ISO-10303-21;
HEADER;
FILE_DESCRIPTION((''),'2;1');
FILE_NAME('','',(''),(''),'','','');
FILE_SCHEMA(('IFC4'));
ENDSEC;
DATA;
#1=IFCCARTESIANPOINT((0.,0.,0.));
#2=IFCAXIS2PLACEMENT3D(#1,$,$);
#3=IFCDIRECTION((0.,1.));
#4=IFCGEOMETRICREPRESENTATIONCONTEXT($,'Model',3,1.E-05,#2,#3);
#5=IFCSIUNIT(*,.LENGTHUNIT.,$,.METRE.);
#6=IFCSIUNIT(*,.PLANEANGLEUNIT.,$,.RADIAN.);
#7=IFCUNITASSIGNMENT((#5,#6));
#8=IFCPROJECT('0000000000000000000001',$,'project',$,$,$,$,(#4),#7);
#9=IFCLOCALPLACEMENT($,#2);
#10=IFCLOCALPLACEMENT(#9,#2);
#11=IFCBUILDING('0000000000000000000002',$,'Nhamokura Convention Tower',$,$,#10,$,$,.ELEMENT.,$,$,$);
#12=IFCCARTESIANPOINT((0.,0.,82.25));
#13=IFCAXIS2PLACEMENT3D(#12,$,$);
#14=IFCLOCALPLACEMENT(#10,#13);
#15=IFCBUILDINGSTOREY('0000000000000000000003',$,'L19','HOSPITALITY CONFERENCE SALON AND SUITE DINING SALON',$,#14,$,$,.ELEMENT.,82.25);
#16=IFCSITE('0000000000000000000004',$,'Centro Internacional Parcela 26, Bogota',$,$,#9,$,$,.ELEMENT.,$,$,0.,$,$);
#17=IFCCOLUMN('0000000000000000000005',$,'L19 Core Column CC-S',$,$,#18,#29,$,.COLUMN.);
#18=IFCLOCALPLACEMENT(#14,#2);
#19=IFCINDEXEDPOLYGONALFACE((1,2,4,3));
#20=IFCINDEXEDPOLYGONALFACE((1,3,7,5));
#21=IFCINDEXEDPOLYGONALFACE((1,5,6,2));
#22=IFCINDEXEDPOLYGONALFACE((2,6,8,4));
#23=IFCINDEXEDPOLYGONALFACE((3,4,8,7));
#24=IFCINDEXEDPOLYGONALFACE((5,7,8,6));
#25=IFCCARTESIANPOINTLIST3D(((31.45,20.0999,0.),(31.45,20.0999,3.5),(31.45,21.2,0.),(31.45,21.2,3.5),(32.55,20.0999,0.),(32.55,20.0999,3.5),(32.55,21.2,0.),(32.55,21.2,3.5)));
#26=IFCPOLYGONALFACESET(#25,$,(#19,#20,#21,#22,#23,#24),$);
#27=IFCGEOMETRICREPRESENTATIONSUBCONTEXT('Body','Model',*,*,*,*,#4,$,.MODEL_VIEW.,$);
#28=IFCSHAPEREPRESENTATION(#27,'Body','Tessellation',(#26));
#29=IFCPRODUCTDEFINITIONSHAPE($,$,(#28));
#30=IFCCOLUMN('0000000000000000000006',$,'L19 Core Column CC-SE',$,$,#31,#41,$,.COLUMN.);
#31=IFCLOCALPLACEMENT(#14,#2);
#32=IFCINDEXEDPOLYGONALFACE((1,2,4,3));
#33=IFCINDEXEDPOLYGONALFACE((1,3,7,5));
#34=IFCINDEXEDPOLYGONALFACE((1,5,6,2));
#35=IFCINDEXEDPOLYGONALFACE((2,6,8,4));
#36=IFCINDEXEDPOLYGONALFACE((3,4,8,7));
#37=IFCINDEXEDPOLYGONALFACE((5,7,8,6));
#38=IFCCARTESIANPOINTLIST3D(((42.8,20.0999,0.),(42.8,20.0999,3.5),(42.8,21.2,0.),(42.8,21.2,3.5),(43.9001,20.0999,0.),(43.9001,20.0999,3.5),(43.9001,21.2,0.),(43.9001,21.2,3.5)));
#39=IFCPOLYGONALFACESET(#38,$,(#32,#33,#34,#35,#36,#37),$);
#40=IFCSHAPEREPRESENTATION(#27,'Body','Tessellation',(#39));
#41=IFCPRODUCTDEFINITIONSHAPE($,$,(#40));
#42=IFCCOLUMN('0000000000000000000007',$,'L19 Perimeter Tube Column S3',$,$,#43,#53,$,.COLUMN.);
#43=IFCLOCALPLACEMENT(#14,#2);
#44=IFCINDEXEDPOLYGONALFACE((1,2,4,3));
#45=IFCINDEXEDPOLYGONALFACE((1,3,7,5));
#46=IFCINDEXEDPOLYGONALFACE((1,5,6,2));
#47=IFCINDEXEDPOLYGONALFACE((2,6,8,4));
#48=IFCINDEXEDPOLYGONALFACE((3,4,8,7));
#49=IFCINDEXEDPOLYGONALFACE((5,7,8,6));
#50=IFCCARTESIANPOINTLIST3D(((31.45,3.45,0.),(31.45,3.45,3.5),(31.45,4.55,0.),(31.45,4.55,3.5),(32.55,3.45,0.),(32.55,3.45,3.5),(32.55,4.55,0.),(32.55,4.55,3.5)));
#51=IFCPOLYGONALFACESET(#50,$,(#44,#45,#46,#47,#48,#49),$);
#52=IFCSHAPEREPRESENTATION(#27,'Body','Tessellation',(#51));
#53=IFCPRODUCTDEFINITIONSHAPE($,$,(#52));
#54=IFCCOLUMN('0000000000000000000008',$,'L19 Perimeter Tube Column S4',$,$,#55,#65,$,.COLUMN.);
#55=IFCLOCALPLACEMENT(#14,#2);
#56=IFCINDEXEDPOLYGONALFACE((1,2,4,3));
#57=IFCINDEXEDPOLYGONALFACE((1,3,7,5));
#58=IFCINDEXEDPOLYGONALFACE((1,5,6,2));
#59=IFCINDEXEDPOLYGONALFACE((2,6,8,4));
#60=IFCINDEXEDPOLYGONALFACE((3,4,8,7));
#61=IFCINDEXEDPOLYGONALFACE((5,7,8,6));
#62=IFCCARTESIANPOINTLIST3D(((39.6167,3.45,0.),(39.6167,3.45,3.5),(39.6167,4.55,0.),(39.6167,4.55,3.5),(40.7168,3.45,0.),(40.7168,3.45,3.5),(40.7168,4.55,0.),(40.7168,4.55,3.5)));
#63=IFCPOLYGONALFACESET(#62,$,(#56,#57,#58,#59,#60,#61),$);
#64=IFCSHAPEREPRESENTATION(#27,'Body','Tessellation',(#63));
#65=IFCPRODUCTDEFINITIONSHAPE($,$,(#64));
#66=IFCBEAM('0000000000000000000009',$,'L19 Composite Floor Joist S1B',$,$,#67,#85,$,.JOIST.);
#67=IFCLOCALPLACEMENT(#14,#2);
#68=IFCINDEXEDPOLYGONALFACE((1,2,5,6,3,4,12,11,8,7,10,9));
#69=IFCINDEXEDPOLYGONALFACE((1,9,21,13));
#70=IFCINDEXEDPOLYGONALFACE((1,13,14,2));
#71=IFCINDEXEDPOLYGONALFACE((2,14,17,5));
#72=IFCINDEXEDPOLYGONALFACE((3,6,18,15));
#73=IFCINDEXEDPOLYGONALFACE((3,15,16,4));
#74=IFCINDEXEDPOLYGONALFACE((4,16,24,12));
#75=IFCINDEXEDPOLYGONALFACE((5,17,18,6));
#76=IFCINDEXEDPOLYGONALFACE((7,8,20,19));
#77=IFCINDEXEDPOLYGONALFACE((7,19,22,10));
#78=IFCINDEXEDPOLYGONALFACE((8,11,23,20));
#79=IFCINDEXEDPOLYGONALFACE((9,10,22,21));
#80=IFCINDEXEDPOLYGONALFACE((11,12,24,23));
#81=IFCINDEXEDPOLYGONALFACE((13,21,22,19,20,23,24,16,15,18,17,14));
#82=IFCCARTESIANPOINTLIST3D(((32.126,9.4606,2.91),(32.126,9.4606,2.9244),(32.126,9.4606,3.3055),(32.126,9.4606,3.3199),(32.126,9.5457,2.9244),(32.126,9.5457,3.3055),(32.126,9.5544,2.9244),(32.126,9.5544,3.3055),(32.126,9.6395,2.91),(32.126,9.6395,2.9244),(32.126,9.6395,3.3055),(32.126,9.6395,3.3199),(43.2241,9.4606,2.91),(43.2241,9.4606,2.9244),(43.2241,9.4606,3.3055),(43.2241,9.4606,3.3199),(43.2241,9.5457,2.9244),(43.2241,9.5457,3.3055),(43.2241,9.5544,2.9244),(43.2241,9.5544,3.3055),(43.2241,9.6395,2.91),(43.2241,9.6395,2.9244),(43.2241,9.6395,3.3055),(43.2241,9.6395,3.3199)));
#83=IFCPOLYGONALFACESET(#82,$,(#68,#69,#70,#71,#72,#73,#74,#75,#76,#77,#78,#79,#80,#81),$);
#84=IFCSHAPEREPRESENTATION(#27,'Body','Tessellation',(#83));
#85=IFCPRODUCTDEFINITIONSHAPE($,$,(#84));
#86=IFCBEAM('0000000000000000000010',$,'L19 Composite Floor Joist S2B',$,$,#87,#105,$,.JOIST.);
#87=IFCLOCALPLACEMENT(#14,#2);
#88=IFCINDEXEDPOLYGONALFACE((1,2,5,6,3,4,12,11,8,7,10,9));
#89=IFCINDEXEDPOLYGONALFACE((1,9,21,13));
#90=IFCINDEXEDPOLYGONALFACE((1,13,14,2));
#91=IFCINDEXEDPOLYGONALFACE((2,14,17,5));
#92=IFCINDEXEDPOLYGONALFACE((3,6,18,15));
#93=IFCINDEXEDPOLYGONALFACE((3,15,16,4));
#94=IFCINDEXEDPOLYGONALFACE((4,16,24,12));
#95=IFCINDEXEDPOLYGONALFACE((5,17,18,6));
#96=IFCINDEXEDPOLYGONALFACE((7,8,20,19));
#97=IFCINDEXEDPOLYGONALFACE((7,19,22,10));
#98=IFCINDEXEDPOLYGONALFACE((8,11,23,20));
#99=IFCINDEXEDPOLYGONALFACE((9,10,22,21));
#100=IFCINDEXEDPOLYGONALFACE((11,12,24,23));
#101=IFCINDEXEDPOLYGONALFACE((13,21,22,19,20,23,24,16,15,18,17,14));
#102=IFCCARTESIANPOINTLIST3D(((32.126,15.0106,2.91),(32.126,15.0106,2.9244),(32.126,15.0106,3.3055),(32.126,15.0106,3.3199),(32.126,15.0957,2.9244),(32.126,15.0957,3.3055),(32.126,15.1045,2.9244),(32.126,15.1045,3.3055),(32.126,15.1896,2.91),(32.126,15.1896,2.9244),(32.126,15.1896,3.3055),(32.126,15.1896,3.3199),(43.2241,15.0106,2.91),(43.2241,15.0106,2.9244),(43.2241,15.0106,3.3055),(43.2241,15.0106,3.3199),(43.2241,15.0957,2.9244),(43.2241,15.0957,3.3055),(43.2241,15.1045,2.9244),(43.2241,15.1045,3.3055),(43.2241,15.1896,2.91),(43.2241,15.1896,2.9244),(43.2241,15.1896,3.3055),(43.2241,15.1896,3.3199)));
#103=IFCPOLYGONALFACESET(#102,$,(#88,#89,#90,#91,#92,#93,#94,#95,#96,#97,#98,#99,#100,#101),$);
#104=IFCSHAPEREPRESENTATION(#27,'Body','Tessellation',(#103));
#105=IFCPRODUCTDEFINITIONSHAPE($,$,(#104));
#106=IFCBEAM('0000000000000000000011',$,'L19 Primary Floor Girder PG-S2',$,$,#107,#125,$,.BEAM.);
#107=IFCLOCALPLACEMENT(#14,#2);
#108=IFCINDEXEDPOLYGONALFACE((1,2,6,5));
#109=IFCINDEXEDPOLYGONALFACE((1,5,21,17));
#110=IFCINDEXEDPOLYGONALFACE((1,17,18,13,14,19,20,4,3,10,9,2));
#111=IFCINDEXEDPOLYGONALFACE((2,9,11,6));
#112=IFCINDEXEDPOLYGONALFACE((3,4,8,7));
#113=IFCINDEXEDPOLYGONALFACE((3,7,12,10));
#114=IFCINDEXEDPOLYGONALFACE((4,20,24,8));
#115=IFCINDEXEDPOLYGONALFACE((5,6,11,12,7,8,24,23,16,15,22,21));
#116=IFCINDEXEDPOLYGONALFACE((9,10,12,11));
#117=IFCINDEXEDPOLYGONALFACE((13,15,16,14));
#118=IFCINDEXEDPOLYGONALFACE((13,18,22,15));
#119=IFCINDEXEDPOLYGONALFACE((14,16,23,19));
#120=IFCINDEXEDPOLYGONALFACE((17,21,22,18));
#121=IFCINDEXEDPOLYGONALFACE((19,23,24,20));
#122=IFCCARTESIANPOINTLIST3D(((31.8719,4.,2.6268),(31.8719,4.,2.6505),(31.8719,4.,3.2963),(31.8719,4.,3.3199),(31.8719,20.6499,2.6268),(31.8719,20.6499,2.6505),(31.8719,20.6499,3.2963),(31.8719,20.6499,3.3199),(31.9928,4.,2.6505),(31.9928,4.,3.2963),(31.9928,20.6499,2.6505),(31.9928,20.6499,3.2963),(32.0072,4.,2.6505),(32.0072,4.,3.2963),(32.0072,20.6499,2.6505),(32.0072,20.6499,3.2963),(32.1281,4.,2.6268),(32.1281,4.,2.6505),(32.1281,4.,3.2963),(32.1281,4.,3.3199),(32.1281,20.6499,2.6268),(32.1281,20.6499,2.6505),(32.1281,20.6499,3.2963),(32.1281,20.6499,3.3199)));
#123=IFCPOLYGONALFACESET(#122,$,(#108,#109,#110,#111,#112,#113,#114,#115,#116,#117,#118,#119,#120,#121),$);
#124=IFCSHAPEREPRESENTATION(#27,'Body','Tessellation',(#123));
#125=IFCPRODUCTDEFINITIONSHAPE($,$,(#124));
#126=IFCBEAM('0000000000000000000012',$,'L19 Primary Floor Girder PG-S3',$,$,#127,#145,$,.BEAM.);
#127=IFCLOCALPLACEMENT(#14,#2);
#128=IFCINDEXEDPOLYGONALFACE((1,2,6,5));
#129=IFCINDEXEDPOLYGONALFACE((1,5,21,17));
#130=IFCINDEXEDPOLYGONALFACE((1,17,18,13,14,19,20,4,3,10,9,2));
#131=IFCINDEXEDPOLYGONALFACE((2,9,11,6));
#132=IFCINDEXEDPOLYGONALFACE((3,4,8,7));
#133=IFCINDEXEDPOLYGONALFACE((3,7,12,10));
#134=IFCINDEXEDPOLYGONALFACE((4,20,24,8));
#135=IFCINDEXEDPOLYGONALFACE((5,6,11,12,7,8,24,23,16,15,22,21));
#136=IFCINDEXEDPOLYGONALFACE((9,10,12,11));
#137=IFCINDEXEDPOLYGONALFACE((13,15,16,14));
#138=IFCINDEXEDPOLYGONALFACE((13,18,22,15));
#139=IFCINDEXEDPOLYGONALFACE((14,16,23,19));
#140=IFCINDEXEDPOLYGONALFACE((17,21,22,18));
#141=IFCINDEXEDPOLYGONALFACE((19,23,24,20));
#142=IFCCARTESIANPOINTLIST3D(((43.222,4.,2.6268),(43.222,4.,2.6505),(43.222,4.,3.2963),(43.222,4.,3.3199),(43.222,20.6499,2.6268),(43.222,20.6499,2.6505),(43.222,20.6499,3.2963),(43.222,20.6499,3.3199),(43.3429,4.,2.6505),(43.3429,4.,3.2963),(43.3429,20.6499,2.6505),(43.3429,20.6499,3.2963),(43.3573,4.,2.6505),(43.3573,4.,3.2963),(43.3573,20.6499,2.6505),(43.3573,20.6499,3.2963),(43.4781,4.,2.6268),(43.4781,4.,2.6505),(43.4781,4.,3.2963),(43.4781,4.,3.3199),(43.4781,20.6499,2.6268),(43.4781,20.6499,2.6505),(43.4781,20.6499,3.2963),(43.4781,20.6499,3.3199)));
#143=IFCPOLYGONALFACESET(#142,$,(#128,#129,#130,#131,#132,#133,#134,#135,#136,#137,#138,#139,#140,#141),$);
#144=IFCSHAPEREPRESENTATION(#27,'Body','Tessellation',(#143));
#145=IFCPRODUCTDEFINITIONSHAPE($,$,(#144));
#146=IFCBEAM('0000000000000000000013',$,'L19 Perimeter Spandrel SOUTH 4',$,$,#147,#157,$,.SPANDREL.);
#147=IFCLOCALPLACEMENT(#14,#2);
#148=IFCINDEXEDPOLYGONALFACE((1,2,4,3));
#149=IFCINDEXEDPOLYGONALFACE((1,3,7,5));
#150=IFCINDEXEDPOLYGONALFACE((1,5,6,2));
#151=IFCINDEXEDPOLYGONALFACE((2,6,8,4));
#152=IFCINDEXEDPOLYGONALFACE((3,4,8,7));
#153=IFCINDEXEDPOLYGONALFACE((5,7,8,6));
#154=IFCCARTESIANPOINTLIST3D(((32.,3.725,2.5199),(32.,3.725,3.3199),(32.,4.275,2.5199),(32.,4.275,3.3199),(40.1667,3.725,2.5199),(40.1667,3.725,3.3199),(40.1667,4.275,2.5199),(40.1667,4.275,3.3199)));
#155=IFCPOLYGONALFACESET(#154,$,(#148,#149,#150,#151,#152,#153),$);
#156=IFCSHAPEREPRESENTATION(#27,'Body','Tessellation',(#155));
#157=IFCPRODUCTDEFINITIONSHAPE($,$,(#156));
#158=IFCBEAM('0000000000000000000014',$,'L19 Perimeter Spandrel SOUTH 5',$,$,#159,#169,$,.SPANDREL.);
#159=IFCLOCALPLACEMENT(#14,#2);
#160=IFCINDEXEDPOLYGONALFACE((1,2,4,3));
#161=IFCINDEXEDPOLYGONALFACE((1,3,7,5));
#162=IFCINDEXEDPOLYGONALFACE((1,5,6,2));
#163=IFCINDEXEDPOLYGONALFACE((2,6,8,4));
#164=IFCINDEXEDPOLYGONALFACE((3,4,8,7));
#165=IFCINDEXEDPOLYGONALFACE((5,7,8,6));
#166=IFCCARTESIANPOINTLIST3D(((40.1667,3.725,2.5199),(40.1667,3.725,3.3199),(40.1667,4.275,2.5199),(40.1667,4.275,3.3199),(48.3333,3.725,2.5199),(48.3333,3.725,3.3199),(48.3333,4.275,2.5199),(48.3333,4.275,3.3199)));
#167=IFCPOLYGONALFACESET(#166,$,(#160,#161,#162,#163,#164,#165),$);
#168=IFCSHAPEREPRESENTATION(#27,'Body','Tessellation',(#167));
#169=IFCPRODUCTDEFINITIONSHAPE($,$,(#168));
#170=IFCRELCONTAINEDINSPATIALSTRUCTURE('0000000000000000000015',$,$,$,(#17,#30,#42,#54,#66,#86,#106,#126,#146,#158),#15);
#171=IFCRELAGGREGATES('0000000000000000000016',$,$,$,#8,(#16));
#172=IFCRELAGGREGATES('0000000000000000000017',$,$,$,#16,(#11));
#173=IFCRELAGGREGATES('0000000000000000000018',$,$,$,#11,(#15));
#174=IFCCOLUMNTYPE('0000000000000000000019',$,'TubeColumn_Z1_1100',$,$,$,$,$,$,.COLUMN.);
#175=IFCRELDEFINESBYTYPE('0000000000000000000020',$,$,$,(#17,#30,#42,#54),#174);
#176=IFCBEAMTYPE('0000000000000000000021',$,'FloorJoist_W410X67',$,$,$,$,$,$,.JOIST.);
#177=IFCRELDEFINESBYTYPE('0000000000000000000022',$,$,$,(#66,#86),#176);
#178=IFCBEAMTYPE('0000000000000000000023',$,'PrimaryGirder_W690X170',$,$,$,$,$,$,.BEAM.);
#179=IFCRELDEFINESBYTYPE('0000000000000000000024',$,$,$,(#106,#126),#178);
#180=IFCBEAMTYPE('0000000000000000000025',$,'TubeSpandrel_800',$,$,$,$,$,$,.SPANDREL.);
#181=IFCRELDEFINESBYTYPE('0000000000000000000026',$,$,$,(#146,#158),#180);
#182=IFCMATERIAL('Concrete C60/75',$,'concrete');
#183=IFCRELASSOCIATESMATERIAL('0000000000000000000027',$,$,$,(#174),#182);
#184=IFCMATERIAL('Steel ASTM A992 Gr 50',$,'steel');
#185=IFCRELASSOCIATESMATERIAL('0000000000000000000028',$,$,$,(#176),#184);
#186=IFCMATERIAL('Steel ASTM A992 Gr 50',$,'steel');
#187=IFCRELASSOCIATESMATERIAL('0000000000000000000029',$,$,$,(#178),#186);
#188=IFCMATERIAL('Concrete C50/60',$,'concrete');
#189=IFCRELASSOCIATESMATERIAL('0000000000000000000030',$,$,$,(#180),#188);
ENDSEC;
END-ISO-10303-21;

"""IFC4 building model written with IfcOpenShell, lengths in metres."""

from ifc_helpers import new_model, si_unit, direction, frame, origin, origin_2d, place, context, subcontext, project, spatial, rectangle, i_section, extrude, material, material_profile, profile_set, type_object, element, save


model = new_model("IFC4")

# Units and contexts
model_context = context("Model", 3, precision=1e-05, world=origin(), true_north=direction((0.0, 1.0)))
body_context = subcontext(model_context, "Body", "Model", "MODEL_VIEW")
ifc_project = project(units=[si_unit("LENGTHUNIT", "METRE"), si_unit("PLANEANGLEUNIT", "RADIAN")], contexts=[model_context])

# Site, building, storey
site_placement = place(None, origin())
site = spatial("IfcSite", under=ifc_project, at=site_placement, Name="Centro Internacional Parcela 26, Bogota", CompositionType="ELEMENT", RefElevation=0.0)
building_placement = place(site_placement, origin())
building = spatial("IfcBuilding", under=site, at=building_placement, Name="Nhamokura Convention Tower", CompositionType="ELEMENT")
storey_placement = place(building_placement, frame((0.0, 0.0, 82.25)))
storey = spatial("IfcBuildingStorey", under=building, at=storey_placement, Name="L19", Description="HOSPITALITY CONFERENCE SALON AND SUITE DINING SALON", CompositionType="ELEMENT", Elevation=82.25)

# Columns
ifc_material_1 = material(Name="Concrete C60/75", Category="concrete")
ifc_material_profile_1 = material_profile(ifc_material_1, rectangle(XDim=1.1001, YDim=1.1001, at=origin_2d()))
ifc_profile_set_1 = profile_set([ifc_material_profile_1], Name="Concrete C60/75")
column_type = type_object("IfcColumnType", Name="TubeColumn_Z1_1100", PredefinedType="COLUMN", material=ifc_profile_set_1)
for number, where, z_axis, x_axis, name in (
    (1, (32.0, 20.6499, 0.0), (0.0, 0.0, 1.0), (1.0, 0.0, 0.0), "L19 Core Column CC-S"),
    (2, (43.3501, 20.6499, 0.0), (0.0, 0.0, 1.0), (1.0, 0.0, 0.0), "L19 Core Column CC-SE"),
    (3, (32.0, 4.0, 0.0), (0.0, 0.0, 1.0), (1.0, 0.0, 0.0), "L19 Perimeter Tube Column S3"),
    (4, (40.1667, 4.0, 0.0), (0.0, 0.0, 1.0), (1.0, 0.0, 0.0), "L19 Perimeter Tube Column S4"),
):
    element("IfcColumn", number, at=place(storey_placement, frame(where, z_axis=z_axis, x_axis=x_axis)), inside=storey, type_object=column_type, Name=name, PredefinedType="COLUMN", context=body_context, shape_type="SweptSolid", body=[
        extrude(rectangle(XDim=1.1001, YDim=1.1001, at=origin_2d()), origin(), (0.0, 0.0, 1.0), 3.5),
    ])

# Beams
ifc_material_2 = material(Name="Steel ASTM A992 Gr 50", Category="steel")
ifc_material_profile_2 = material_profile(ifc_material_2, i_section(OverallWidth=0.179, OverallDepth=0.4099, WebThickness=0.0088, FlangeThickness=0.0144, at=origin_2d()))
ifc_profile_set_2 = profile_set([ifc_material_profile_2], Name="Steel ASTM A992 Gr 50")
beam_type_1 = type_object("IfcBeamType", Name="FloorJoist_W410X67", PredefinedType="JOIST", material=ifc_profile_set_2)
for number, where, z_axis, x_axis, name in (
    (5, (32.126, 9.55, 3.115), (1.0, 0.0, 0.0), (0.0, 1.0, 0.0), "L19 Composite Floor Joist S1B"),
    (6, (32.126, 15.1001, 3.115), (1.0, 0.0, 0.0), (0.0, 1.0, 0.0), "L19 Composite Floor Joist S2B"),
):
    element("IfcBeam", number, at=place(storey_placement, frame(where, z_axis=z_axis, x_axis=x_axis)), inside=storey, type_object=beam_type_1, Name=name, PredefinedType="JOIST", context=body_context, shape_type="SweptSolid", body=[
        extrude(i_section(OverallWidth=0.179, OverallDepth=0.4099, WebThickness=0.0088, FlangeThickness=0.0144, at=origin_2d()), origin(), (0.0, 0.0, 1.0), 11.0981),
    ])
ifc_material_3 = material(Name="Steel ASTM A992 Gr 50", Category="steel")
ifc_material_profile_3 = material_profile(ifc_material_3, i_section(OverallWidth=0.2561, OverallDepth=0.6931, WebThickness=0.0144, FlangeThickness=0.0237, at=origin_2d()))
ifc_profile_set_3 = profile_set([ifc_material_profile_3], Name="Steel ASTM A992 Gr 50")
beam_type_2 = type_object("IfcBeamType", Name="PrimaryGirder_W690X170", PredefinedType="BEAM", material=ifc_profile_set_3)
for number, where, z_axis, x_axis, name in (
    (7, (32.0, 4.0, 2.9734), (0.0, 1.0, 0.0), (-1.0, 0.0, 0.0), "L19 Primary Floor Girder PG-S2"),
    (8, (43.3501, 4.0, 2.9734), (0.0, 1.0, 0.0), (-1.0, 0.0, 0.0), "L19 Primary Floor Girder PG-S3"),
):
    element("IfcBeam", number, at=place(storey_placement, frame(where, z_axis=z_axis, x_axis=x_axis)), inside=storey, type_object=beam_type_2, Name=name, PredefinedType="BEAM", context=body_context, shape_type="SweptSolid", body=[
        extrude(i_section(OverallWidth=0.2561, OverallDepth=0.6931, WebThickness=0.0144, FlangeThickness=0.0237, at=origin_2d()), origin(), (0.0, 0.0, 1.0), 16.6499),
    ])
ifc_material_4 = material(Name="Concrete C50/60", Category="concrete")
ifc_material_profile_4 = material_profile(ifc_material_4, rectangle(XDim=0.55, YDim=0.8, at=origin_2d()))
ifc_profile_set_4 = profile_set([ifc_material_profile_4], Name="Concrete C50/60")
beam_type_3 = type_object("IfcBeamType", Name="TubeSpandrel_800", PredefinedType="SPANDREL", material=ifc_profile_set_4)
beam_1_placement = place(storey_placement, frame((32.0, 4.0, 2.9199), z_axis=(1.0, 0.0, 0.0), x_axis=(0.0, 1.0, 0.0)))
element("IfcBeam", 9, at=beam_1_placement, inside=storey, type_object=beam_type_3, Name="L19 Perimeter Spandrel SOUTH 4", PredefinedType="SPANDREL", context=body_context, shape_type="SweptSolid", body=[
    extrude(rectangle(XDim=0.55, YDim=0.8, at=origin_2d()), origin(), (0.0, 0.0, 1.0), 8.1667),
])
beam_2_placement = place(storey_placement, frame((40.1667, 4.0, 2.9199), z_axis=(1.0, 0.0, 0.0), x_axis=(0.0, 1.0, 0.0)))
element("IfcBeam", 10, at=beam_2_placement, inside=storey, type_object=beam_type_3, Name="L19 Perimeter Spandrel SOUTH 5", PredefinedType="SPANDREL", context=body_context, shape_type="SweptSolid", body=[
    extrude(rectangle(XDim=0.55, YDim=0.8, at=origin_2d()), origin(), (0.0, 0.0, 1.0), 8.1665),
])

save(model, "model.ifc")
